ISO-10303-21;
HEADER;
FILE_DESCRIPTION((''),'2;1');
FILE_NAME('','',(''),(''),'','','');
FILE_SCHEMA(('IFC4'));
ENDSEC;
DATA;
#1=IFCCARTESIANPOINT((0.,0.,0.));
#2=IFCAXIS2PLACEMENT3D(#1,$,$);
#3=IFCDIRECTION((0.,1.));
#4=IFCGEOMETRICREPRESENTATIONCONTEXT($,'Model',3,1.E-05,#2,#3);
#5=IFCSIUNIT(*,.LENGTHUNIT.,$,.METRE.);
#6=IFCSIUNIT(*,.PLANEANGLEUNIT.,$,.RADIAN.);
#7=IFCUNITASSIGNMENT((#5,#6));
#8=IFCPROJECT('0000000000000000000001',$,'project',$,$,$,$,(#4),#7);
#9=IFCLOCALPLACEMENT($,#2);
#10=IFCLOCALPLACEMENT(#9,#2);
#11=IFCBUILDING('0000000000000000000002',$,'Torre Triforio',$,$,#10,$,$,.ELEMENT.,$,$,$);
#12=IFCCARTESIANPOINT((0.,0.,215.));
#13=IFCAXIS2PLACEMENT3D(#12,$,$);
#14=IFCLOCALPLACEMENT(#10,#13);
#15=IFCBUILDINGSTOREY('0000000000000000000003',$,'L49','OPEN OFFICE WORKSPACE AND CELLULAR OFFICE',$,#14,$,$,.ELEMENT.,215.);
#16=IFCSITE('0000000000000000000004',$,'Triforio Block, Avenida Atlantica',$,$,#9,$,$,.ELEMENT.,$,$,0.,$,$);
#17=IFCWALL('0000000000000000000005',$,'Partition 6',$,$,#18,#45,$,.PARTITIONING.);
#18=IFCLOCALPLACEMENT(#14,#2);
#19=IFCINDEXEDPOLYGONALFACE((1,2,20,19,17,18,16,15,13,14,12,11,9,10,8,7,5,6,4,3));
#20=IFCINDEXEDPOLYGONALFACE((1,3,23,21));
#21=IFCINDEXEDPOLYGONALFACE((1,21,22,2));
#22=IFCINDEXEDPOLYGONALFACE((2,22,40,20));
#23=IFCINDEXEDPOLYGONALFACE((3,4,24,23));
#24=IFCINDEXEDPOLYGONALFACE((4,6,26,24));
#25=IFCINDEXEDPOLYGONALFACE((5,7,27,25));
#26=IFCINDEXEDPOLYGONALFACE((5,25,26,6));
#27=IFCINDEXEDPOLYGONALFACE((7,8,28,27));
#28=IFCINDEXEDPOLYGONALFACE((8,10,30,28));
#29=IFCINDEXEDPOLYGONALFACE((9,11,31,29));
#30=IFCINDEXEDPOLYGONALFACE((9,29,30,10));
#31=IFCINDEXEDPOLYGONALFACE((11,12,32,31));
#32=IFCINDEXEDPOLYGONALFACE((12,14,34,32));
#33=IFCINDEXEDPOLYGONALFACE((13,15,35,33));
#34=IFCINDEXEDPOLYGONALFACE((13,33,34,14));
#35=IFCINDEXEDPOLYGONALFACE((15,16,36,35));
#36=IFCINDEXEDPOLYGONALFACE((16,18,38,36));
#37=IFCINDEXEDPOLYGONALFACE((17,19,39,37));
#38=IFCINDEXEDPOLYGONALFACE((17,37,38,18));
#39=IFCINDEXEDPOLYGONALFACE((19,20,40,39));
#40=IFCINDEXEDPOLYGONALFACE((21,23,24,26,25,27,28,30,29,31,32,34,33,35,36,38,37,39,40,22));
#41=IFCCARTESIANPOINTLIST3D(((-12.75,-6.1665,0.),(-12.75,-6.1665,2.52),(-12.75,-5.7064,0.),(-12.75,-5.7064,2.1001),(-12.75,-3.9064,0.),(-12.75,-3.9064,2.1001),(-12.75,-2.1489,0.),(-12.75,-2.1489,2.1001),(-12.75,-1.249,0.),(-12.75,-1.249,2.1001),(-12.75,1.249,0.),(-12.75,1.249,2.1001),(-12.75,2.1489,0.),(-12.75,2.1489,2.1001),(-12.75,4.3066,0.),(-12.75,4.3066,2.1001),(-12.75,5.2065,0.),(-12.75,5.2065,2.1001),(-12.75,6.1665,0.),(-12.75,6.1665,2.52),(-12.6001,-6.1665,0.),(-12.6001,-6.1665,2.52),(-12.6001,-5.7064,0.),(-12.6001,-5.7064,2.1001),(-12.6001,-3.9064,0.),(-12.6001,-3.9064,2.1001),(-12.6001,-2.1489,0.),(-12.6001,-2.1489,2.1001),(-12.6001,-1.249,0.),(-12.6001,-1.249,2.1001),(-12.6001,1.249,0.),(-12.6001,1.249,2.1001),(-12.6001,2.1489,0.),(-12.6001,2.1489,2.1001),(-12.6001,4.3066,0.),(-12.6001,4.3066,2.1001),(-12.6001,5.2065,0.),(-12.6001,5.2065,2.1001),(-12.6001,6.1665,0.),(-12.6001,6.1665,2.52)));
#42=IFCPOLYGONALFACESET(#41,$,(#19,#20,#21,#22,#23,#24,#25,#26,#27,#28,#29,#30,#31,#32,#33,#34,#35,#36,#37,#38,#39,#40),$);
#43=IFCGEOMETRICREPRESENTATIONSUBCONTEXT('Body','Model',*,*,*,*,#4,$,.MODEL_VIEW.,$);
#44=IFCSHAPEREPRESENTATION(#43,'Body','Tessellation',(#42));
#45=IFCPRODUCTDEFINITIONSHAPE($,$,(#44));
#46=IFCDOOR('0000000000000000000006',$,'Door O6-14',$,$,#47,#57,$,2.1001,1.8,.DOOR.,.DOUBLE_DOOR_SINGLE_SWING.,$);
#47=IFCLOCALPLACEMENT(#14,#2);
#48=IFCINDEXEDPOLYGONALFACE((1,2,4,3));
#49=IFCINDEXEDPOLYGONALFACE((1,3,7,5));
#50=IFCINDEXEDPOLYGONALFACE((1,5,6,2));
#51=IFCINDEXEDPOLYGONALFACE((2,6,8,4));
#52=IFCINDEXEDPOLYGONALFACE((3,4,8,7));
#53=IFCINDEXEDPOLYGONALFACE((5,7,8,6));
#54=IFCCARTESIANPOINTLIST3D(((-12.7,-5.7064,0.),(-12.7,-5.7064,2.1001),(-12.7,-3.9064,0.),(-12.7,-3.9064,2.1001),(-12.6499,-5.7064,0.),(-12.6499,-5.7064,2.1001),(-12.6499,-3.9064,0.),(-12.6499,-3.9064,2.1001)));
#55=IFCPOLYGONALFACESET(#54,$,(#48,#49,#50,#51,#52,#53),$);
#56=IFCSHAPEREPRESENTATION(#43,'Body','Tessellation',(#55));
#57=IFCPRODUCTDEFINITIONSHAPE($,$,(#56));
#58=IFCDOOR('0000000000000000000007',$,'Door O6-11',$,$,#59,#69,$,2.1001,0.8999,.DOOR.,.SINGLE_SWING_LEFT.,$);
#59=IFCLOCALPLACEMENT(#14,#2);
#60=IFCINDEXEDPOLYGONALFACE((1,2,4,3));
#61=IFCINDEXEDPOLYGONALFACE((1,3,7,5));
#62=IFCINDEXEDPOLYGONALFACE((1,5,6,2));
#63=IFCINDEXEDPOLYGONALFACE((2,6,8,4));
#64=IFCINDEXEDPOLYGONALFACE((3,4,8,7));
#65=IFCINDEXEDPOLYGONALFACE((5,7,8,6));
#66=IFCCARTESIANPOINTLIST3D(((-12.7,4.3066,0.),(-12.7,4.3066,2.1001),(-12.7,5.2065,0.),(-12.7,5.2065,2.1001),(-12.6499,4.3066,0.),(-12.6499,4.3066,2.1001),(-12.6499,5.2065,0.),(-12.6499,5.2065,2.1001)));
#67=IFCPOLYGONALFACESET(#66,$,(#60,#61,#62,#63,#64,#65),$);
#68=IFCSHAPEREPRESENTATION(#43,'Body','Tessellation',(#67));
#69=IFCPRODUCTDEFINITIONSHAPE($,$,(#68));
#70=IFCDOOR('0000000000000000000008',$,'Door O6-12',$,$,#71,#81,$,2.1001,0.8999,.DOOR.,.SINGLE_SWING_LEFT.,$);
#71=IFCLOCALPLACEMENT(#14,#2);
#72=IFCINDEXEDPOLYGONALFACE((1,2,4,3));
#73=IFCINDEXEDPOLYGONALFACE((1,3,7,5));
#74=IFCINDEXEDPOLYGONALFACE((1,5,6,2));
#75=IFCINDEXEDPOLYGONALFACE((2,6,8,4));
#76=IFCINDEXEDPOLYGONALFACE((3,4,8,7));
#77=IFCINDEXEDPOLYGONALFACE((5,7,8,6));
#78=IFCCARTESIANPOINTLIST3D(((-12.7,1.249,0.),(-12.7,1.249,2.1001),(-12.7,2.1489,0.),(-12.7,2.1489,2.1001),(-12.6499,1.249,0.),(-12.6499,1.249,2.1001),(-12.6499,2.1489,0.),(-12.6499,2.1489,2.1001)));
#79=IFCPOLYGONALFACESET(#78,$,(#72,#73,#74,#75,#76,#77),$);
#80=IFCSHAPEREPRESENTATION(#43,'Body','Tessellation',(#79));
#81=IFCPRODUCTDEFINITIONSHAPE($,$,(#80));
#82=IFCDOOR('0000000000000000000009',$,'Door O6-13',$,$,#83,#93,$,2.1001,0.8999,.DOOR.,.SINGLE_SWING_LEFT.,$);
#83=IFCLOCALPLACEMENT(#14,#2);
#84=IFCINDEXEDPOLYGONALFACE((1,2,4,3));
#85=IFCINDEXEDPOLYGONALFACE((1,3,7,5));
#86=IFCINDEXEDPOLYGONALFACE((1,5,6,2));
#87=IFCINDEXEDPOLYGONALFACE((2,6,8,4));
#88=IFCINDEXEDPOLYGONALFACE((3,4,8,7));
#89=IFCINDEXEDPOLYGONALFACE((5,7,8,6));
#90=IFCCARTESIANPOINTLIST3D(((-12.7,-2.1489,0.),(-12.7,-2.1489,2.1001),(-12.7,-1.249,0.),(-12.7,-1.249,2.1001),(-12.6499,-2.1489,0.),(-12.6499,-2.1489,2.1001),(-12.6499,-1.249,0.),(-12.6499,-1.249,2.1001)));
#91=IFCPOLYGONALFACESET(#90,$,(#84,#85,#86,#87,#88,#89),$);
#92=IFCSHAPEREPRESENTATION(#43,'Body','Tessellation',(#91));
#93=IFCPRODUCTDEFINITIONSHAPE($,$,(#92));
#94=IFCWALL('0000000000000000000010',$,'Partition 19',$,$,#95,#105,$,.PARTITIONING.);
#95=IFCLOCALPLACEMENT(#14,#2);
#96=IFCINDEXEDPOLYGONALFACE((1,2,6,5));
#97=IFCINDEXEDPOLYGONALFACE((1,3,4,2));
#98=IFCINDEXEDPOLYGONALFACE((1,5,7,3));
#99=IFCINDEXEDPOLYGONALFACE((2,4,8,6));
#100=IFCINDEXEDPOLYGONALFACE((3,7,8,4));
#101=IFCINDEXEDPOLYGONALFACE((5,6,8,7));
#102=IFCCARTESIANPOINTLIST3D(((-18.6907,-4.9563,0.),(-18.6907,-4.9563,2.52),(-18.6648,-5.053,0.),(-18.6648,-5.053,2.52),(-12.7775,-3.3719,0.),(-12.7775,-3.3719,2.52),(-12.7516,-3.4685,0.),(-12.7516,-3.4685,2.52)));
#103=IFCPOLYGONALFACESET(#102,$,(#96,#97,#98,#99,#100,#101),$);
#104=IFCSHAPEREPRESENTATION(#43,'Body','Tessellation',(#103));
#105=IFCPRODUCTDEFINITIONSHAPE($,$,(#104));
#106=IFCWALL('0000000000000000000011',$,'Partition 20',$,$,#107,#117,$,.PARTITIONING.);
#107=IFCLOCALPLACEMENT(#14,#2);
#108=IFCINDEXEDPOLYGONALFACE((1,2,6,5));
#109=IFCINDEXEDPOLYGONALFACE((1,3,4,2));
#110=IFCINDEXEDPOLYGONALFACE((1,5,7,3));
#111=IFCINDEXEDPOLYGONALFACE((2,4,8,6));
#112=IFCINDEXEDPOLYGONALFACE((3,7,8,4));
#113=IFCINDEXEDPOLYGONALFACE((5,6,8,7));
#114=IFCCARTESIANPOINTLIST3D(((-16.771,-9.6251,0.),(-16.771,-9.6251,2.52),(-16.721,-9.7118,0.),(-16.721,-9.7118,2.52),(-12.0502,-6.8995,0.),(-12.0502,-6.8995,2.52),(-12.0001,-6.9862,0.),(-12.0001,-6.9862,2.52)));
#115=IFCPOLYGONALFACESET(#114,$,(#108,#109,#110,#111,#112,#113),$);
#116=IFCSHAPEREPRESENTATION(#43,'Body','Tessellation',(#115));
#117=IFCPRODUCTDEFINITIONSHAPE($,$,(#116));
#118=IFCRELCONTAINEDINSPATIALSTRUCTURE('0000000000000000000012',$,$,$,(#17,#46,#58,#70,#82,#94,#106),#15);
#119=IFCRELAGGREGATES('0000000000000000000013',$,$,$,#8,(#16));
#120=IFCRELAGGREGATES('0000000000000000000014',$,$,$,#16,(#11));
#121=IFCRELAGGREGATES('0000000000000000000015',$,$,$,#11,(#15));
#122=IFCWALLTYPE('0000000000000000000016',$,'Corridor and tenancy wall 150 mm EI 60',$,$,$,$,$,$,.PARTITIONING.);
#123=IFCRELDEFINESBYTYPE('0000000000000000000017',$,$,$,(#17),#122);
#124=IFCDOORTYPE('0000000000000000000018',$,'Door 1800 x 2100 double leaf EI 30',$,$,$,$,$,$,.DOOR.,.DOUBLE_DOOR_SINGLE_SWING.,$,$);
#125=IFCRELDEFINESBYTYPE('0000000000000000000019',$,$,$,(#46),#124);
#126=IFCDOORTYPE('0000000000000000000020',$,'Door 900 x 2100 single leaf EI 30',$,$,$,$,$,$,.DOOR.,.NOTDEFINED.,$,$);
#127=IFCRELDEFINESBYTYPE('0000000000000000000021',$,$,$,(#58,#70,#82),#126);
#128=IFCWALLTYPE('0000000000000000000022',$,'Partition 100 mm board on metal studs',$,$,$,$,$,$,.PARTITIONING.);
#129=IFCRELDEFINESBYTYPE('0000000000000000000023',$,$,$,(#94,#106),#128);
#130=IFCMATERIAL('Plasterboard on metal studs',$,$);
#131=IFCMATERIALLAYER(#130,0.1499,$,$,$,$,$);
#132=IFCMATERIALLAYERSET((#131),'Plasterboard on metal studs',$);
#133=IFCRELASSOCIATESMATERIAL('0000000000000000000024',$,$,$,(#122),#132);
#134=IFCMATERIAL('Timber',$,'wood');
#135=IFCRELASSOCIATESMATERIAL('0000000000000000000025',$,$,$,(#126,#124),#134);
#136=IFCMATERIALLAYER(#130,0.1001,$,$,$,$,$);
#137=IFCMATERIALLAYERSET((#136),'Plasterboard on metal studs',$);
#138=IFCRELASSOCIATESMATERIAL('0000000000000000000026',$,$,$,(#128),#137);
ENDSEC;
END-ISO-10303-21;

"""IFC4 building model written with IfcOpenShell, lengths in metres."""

from ifc_helpers import new_model, si_unit, direction, frame, frame_2d, origin, place, context, subcontext, project, spatial, rectangle, extrude, material, layer, layer_set, type_object, element, fill, save


model = new_model("IFC4")

# Units and contexts
model_context = context("Model", 3, precision=1e-05, world=origin(), true_north=direction((0.0, 1.0)))
body_context = subcontext(model_context, "Body", "Model", "MODEL_VIEW")
ifc_project = project(units=[si_unit("LENGTHUNIT", "METRE"), si_unit("PLANEANGLEUNIT", "RADIAN")], contexts=[model_context])

# Site, building, storey
site_placement = place(None, origin())
site = spatial("IfcSite", under=ifc_project, at=site_placement, Name="Triforio Block, Avenida Atlantica", CompositionType="ELEMENT", RefElevation=0.0)
building_placement = place(site_placement, origin())
building = spatial("IfcBuilding", under=site, at=building_placement, Name="Torre Triforio", CompositionType="ELEMENT")
storey_placement = place(building_placement, frame((0.0, 0.0, 215.0)))
storey = spatial("IfcBuildingStorey", under=building, at=storey_placement, Name="L49", Description="OPEN OFFICE WORKSPACE AND CELLULAR OFFICE", CompositionType="ELEMENT", Elevation=215.0)

# Shared definitions
ifc_material_1 = material(Name="Plasterboard on metal studs")
ifc_layer_1 = layer(ifc_material_1, 0.1499)
ifc_layer_set_1 = layer_set([ifc_layer_1], Name="Plasterboard on metal studs")
wall_type_1 = type_object("IfcWallType", Name="Corridor and tenancy wall 150 mm EI 60", PredefinedType="PARTITIONING", material=ifc_layer_set_1)
ifc_material_2 = material(Name="Timber", Category="wood")
door_type_1 = type_object("IfcDoorType", Name="Door 900 x 2100 single leaf EI 30", OperationType="NOTDEFINED", PredefinedType="DOOR", material=ifc_material_2)

# Wall, openings, doors
wall_1_placement = place(storey_placement, frame((-12.675, -6.1665, 0.0), z_axis=(0.0, 0.0, 1.0), x_axis=(0.0, 1.0, 0.0)))
wall_1 = element("IfcWall", 1, at=wall_1_placement, inside=storey, type_object=wall_type_1, Name="Partition 6", PredefinedType="PARTITIONING", context=body_context, shape_type="SweptSolid", body=[
    extrude(rectangle(XDim=12.333, YDim=0.1499, at=frame_2d((6.1665, 0.0))), origin(), (0.0, 0.0, 1.0), 2.52),
])
opening_1_placement = place(wall_1_placement, frame((10.4731, 0.0, 0.0)))
opening_1 = element("IfcOpeningElement", 2, at=opening_1_placement, cuts=wall_1, PredefinedType="OPENING", context=body_context, shape_type="SweptSolid", body=[
    extrude(rectangle(XDim=0.8999, YDim=2.1001, at=frame_2d((0.45, 1.05))), frame((0.0, 0.085, 0.0), z_axis=(0.0, -1.0, 0.0), x_axis=(1.0, 0.0, 0.0)), (0.0, 0.0, 1.0), 0.1699),
])
opening_2_placement = place(wall_1_placement, frame((7.4155, 0.0, 0.0)))
opening_2 = element("IfcOpeningElement", 3, at=opening_2_placement, cuts=wall_1, PredefinedType="OPENING", context=body_context, shape_type="SweptSolid", body=[
    extrude(rectangle(XDim=0.8999, YDim=2.1001, at=frame_2d((0.45, 1.05))), frame((0.0, 0.085, 0.0), z_axis=(0.0, -1.0, 0.0), x_axis=(1.0, 0.0, 0.0)), (0.0, 0.0, 1.0), 0.1699),
])
opening_3_placement = place(wall_1_placement, frame((4.0176, 0.0, 0.0)))
opening_3 = element("IfcOpeningElement", 4, at=opening_3_placement, cuts=wall_1, PredefinedType="OPENING", context=body_context, shape_type="SweptSolid", body=[
    extrude(rectangle(XDim=0.8999, YDim=2.1001, at=frame_2d((0.45, 1.05))), frame((0.0, 0.085, 0.0), z_axis=(0.0, -1.0, 0.0), x_axis=(1.0, 0.0, 0.0)), (0.0, 0.0, 1.0), 0.1699),
])
opening_4_placement = place(wall_1_placement, frame((0.4602, 0.0, 0.0)))
opening_4 = element("IfcOpeningElement", 5, at=opening_4_placement, cuts=wall_1, PredefinedType="OPENING", context=body_context, shape_type="SweptSolid", body=[
    extrude(rectangle(XDim=1.8, YDim=2.1001, at=frame_2d((0.8999, 1.05))), frame((0.0, 0.085, 0.0), z_axis=(0.0, -1.0, 0.0), x_axis=(1.0, 0.0, 0.0)), (0.0, 0.0, 1.0), 0.1699),
])
door_type_2 = type_object("IfcDoorType", Name="Door 1800 x 2100 double leaf EI 30", OperationType="DOUBLE_DOOR_SINGLE_SWING", PredefinedType="DOOR", material=ifc_material_2)
door_1_placement = place(opening_4_placement, origin())
door_1 = element("IfcDoor", 6, at=door_1_placement, inside=storey, type_object=door_type_2, Name="Door O6-14", OperationType="DOUBLE_DOOR_SINGLE_SWING", OverallHeight=2.1001, OverallWidth=1.8, PredefinedType="DOOR", context=body_context, shape_type="SweptSolid", body=[
    extrude(rectangle(XDim=1.8, YDim=2.1001, at=frame_2d((0.8999, 1.05))), frame((0.0, 0.0249, 0.0), z_axis=(0.0, -1.0, 0.0), x_axis=(1.0, 0.0, 0.0)), (0.0, 0.0, 1.0), 0.05),
])
fill(opening_4, door_1)
door_2_placement = place(opening_1_placement, origin())
door_2 = element("IfcDoor", 7, at=door_2_placement, inside=storey, type_object=door_type_1, Name="Door O6-11", OperationType="SINGLE_SWING_LEFT", OverallHeight=2.1001, OverallWidth=0.8999, PredefinedType="DOOR", context=body_context, shape_type="SweptSolid", body=[
    extrude(rectangle(XDim=0.8999, YDim=2.1001, at=frame_2d((0.45, 1.05))), frame((0.0, 0.0249, 0.0), z_axis=(0.0, -1.0, 0.0), x_axis=(1.0, 0.0, 0.0)), (0.0, 0.0, 1.0), 0.05),
])
fill(opening_1, door_2)
door_3_placement = place(opening_2_placement, origin())
door_3 = element("IfcDoor", 8, at=door_3_placement, inside=storey, type_object=door_type_1, Name="Door O6-12", OperationType="SINGLE_SWING_LEFT", OverallHeight=2.1001, OverallWidth=0.8999, PredefinedType="DOOR", context=body_context, shape_type="SweptSolid", body=[
    extrude(rectangle(XDim=0.8999, YDim=2.1001, at=frame_2d((0.45, 1.05))), frame((0.0, 0.0249, 0.0), z_axis=(0.0, -1.0, 0.0), x_axis=(1.0, 0.0, 0.0)), (0.0, 0.0, 1.0), 0.05),
])
fill(opening_2, door_3)
door_4_placement = place(opening_3_placement, origin())
door_4 = element("IfcDoor", 9, at=door_4_placement, inside=storey, type_object=door_type_1, Name="Door O6-13", OperationType="SINGLE_SWING_LEFT", OverallHeight=2.1001, OverallWidth=0.8999, PredefinedType="DOOR", context=body_context, shape_type="SweptSolid", body=[
    extrude(rectangle(XDim=0.8999, YDim=2.1001, at=frame_2d((0.45, 1.05))), frame((0.0, 0.0249, 0.0), z_axis=(0.0, -1.0, 0.0), x_axis=(1.0, 0.0, 0.0)), (0.0, 0.0, 1.0), 0.05),
])
fill(opening_3, door_4)

# Walls
ifc_layer_2 = layer(ifc_material_1, 0.1001)
ifc_layer_set_2 = layer_set([ifc_layer_2], Name="Plasterboard on metal studs")
wall_type_2 = type_object("IfcWallType", Name="Partition 100 mm board on metal studs", PredefinedType="PARTITIONING", material=ifc_layer_set_2)
wall_2_placement = place(storey_placement, frame((-12.7644, -3.4202, 0.0), z_axis=(0.0, 0.0, 1.0), x_axis=(-0.965926, -0.258819, 0.0)))
element("IfcWall", 10, at=wall_2_placement, inside=storey, type_object=wall_type_2, Name="Partition 19", PredefinedType="PARTITIONING", context=body_context, shape_type="SweptSolid", body=[
    extrude(rectangle(XDim=6.1218, YDim=0.1001, at=frame_2d((3.061, 0.0))), origin(), (0.0, 0.0, 1.0), 2.52),
])
wall_3_placement = place(storey_placement, frame((-12.0251, -6.9429, 0.0), z_axis=(0.0, 0.0, 1.0), x_axis=(-0.86603, -0.499993, 0.0)))
element("IfcWall", 11, at=wall_3_placement, inside=storey, type_object=wall_type_2, Name="Partition 20", PredefinedType="PARTITIONING", context=body_context, shape_type="SweptSolid", body=[
    extrude(rectangle(XDim=5.4512, YDim=0.1001, at=frame_2d((2.7256, 0.0))), origin(), (0.0, 0.0, 1.0), 2.52),
])

save(model, "model.ifc")
